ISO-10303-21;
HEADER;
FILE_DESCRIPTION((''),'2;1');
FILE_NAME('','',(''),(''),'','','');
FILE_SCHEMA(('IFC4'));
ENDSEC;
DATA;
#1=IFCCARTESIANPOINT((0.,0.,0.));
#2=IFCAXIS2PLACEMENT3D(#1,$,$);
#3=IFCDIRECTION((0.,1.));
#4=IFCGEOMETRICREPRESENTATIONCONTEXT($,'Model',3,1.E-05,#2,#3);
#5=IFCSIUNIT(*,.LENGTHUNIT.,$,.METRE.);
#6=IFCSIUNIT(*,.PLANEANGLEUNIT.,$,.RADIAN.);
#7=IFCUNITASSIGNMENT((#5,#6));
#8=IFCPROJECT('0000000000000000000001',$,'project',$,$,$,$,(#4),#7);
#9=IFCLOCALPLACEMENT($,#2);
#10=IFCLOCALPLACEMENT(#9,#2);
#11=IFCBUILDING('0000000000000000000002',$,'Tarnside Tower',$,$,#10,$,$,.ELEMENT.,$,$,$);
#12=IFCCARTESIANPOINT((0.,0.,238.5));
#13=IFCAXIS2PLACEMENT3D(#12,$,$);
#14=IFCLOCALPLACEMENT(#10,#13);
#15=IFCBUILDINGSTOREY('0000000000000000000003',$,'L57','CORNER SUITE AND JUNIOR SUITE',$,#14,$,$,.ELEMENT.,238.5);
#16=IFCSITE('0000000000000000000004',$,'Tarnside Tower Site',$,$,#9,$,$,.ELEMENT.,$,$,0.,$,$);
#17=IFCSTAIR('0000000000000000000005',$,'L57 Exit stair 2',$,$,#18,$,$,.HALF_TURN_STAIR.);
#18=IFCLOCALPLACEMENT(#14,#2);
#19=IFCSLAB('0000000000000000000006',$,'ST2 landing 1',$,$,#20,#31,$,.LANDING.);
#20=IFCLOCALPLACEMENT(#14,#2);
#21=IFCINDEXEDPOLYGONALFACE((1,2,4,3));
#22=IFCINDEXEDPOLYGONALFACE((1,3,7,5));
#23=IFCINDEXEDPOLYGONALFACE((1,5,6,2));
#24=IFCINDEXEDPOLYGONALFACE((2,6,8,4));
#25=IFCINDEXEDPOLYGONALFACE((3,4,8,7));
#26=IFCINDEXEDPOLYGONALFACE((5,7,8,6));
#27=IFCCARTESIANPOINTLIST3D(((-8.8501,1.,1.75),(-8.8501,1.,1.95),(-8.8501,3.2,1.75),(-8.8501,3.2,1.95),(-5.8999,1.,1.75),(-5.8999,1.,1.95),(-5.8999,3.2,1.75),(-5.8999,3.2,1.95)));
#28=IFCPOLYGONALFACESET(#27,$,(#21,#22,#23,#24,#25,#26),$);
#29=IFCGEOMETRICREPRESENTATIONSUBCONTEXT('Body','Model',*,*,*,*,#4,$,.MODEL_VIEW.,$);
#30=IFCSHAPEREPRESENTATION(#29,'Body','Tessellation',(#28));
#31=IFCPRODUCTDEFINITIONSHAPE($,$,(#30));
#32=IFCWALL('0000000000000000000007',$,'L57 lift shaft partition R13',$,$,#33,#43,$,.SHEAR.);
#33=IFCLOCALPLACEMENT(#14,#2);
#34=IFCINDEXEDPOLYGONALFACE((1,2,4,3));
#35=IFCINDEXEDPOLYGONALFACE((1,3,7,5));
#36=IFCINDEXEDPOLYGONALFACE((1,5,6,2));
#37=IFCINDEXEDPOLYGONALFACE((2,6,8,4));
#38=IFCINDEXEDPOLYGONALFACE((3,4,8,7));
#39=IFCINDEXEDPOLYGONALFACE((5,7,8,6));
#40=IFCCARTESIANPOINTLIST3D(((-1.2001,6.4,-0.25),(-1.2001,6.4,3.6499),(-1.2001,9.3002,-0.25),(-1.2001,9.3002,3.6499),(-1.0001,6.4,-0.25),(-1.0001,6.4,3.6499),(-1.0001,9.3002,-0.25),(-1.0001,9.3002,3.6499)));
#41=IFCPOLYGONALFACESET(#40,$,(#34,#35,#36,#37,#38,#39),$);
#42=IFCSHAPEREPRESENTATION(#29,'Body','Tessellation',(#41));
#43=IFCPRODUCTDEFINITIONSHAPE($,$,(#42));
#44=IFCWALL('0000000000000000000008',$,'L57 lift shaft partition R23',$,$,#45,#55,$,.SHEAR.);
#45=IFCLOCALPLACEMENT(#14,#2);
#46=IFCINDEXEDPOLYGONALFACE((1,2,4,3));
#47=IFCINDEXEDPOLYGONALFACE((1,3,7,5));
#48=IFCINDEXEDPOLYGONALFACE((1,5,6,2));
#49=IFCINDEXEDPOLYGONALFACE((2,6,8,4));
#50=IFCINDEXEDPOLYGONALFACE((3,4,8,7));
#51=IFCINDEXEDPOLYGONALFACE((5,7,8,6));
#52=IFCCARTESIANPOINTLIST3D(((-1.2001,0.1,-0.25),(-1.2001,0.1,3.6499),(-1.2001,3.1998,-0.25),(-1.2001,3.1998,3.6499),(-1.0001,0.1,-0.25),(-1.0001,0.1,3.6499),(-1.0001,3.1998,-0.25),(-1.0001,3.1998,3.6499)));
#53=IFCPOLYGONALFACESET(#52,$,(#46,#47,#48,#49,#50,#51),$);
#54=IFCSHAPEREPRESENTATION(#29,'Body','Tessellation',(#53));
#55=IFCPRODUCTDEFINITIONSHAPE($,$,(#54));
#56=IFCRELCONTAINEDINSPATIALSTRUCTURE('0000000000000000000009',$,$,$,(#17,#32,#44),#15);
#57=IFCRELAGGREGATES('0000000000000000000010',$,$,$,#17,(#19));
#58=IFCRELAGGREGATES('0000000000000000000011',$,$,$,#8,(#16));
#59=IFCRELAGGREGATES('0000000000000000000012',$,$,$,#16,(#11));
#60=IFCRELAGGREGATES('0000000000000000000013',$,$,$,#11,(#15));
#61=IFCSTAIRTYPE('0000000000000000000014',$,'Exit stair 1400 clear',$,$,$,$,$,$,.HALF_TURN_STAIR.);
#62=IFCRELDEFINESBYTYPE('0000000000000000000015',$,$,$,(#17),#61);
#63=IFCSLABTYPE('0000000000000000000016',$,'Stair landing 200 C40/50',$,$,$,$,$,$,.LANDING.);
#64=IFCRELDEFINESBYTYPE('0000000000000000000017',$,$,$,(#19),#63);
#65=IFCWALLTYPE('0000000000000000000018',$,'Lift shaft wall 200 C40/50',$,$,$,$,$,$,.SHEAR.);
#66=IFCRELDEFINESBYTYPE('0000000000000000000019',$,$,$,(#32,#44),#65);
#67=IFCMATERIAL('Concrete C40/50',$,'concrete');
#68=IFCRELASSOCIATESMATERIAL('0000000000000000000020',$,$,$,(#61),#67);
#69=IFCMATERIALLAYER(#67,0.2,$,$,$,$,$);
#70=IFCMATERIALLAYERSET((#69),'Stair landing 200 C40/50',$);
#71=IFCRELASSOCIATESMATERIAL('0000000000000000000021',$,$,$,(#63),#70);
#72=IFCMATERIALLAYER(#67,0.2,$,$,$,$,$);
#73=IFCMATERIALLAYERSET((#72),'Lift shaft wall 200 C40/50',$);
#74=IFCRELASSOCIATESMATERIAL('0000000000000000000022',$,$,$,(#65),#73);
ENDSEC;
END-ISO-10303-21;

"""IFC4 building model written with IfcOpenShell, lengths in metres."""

from ifc_helpers import new_model, si_unit, direction, frame, frame_2d, origin, place, context, subcontext, project, spatial, polyline, rectangle, outline, extrude, material, layer, layer_set, type_object, element, aggregate, save


model = new_model("IFC4")

# Units and contexts
model_context = context("Model", 3, precision=1e-05, world=origin(), true_north=direction((0.0, 1.0)))
body_context = subcontext(model_context, "Body", "Model", "MODEL_VIEW")
ifc_project = project(units=[si_unit("LENGTHUNIT", "METRE"), si_unit("PLANEANGLEUNIT", "RADIAN")], contexts=[model_context])

# Site, building, storey
site_placement = place(None, origin())
site = spatial("IfcSite", under=ifc_project, at=site_placement, Name="Tarnside Tower Site", CompositionType="ELEMENT", RefElevation=0.0)
building_placement = place(site_placement, origin())
building = spatial("IfcBuilding", under=site, at=building_placement, Name="Tarnside Tower", CompositionType="ELEMENT")
storey_placement = place(building_placement, frame((0.0, 0.0, 238.5)))
storey = spatial("IfcBuildingStorey", under=building, at=storey_placement, Name="L57", Description="CORNER SUITE AND JUNIOR SUITE", CompositionType="ELEMENT", Elevation=238.5)

# Shared definitions
ifc_material_1 = material(Name="Concrete C40/50", Category="concrete")

# Stair, slab
stair_type = type_object("IfcStairType", Name="Exit stair 1400 clear", PredefinedType="HALF_TURN_STAIR", material=ifc_material_1)
ifc_layer_1 = layer(ifc_material_1, 0.2)
ifc_layer_set_1 = layer_set([ifc_layer_1], Name="Stair landing 200 C40/50")
slab_type_1 = type_object("IfcSlabType", Name="Stair landing 200 C40/50", PredefinedType="LANDING", material=ifc_layer_set_1)
stair_1_placement = place(storey_placement, origin())
stair_1 = element("IfcStair", 1, at=stair_1_placement, inside=storey, type_object=stair_type, Name="L57 Exit stair 2", PredefinedType="HALF_TURN_STAIR")
slab_1_placement = place(storey_placement, frame((0.0, 0.0, 1.75)))
slab_1 = element("IfcSlab", 2, at=slab_1_placement, type_object=slab_type_1, Name="ST2 landing 1", PredefinedType="LANDING", context=body_context, shape_type="SweptSolid", body=[
    extrude(outline(polyline([(-5.8999, 1.0), (-5.8999, 3.2), (-8.8501, 3.2), (-8.8501, 1.0), (-5.8999, 1.0)])), origin(), (0.0, 0.0, 1.0), 0.2),
])
aggregate(stair_1, [slab_1])

# Walls
ifc_layer_2 = layer(ifc_material_1, 0.2)
ifc_layer_set_2 = layer_set([ifc_layer_2], Name="Lift shaft wall 200 C40/50")
wall_type = type_object("IfcWallType", Name="Lift shaft wall 200 C40/50", PredefinedType="SHEAR", material=ifc_layer_set_2)
wall_1_placement = place(storey_placement, frame((-1.1001, 6.3999, -0.25), z_axis=(0.0, 0.0, 1.0), x_axis=(0.0, 1.0, 0.0)))
element("IfcWall", 3, at=wall_1_placement, inside=storey, type_object=wall_type, Name="L57 lift shaft partition R13", PredefinedType="SHEAR", context=body_context, shape_type="SweptSolid", body=[
    extrude(rectangle(XDim=2.9001, YDim=0.2, at=frame_2d((1.4502, 0.0))), origin(), (0.0, 0.0, 1.0), 3.8999),
])
wall_2_placement = place(storey_placement, frame((-1.1001, 0.1001, -0.25), z_axis=(0.0, 0.0, 1.0), x_axis=(0.0, 1.0, 0.0)))
element("IfcWall", 4, at=wall_2_placement, inside=storey, type_object=wall_type, Name="L57 lift shaft partition R23", PredefinedType="SHEAR", context=body_context, shape_type="SweptSolid", body=[
    extrude(rectangle(XDim=3.0999, YDim=0.2, at=frame_2d((1.5498, 0.0))), origin(), (0.0, 0.0, 1.0), 3.8999),
])

save(model, "model.ifc")
